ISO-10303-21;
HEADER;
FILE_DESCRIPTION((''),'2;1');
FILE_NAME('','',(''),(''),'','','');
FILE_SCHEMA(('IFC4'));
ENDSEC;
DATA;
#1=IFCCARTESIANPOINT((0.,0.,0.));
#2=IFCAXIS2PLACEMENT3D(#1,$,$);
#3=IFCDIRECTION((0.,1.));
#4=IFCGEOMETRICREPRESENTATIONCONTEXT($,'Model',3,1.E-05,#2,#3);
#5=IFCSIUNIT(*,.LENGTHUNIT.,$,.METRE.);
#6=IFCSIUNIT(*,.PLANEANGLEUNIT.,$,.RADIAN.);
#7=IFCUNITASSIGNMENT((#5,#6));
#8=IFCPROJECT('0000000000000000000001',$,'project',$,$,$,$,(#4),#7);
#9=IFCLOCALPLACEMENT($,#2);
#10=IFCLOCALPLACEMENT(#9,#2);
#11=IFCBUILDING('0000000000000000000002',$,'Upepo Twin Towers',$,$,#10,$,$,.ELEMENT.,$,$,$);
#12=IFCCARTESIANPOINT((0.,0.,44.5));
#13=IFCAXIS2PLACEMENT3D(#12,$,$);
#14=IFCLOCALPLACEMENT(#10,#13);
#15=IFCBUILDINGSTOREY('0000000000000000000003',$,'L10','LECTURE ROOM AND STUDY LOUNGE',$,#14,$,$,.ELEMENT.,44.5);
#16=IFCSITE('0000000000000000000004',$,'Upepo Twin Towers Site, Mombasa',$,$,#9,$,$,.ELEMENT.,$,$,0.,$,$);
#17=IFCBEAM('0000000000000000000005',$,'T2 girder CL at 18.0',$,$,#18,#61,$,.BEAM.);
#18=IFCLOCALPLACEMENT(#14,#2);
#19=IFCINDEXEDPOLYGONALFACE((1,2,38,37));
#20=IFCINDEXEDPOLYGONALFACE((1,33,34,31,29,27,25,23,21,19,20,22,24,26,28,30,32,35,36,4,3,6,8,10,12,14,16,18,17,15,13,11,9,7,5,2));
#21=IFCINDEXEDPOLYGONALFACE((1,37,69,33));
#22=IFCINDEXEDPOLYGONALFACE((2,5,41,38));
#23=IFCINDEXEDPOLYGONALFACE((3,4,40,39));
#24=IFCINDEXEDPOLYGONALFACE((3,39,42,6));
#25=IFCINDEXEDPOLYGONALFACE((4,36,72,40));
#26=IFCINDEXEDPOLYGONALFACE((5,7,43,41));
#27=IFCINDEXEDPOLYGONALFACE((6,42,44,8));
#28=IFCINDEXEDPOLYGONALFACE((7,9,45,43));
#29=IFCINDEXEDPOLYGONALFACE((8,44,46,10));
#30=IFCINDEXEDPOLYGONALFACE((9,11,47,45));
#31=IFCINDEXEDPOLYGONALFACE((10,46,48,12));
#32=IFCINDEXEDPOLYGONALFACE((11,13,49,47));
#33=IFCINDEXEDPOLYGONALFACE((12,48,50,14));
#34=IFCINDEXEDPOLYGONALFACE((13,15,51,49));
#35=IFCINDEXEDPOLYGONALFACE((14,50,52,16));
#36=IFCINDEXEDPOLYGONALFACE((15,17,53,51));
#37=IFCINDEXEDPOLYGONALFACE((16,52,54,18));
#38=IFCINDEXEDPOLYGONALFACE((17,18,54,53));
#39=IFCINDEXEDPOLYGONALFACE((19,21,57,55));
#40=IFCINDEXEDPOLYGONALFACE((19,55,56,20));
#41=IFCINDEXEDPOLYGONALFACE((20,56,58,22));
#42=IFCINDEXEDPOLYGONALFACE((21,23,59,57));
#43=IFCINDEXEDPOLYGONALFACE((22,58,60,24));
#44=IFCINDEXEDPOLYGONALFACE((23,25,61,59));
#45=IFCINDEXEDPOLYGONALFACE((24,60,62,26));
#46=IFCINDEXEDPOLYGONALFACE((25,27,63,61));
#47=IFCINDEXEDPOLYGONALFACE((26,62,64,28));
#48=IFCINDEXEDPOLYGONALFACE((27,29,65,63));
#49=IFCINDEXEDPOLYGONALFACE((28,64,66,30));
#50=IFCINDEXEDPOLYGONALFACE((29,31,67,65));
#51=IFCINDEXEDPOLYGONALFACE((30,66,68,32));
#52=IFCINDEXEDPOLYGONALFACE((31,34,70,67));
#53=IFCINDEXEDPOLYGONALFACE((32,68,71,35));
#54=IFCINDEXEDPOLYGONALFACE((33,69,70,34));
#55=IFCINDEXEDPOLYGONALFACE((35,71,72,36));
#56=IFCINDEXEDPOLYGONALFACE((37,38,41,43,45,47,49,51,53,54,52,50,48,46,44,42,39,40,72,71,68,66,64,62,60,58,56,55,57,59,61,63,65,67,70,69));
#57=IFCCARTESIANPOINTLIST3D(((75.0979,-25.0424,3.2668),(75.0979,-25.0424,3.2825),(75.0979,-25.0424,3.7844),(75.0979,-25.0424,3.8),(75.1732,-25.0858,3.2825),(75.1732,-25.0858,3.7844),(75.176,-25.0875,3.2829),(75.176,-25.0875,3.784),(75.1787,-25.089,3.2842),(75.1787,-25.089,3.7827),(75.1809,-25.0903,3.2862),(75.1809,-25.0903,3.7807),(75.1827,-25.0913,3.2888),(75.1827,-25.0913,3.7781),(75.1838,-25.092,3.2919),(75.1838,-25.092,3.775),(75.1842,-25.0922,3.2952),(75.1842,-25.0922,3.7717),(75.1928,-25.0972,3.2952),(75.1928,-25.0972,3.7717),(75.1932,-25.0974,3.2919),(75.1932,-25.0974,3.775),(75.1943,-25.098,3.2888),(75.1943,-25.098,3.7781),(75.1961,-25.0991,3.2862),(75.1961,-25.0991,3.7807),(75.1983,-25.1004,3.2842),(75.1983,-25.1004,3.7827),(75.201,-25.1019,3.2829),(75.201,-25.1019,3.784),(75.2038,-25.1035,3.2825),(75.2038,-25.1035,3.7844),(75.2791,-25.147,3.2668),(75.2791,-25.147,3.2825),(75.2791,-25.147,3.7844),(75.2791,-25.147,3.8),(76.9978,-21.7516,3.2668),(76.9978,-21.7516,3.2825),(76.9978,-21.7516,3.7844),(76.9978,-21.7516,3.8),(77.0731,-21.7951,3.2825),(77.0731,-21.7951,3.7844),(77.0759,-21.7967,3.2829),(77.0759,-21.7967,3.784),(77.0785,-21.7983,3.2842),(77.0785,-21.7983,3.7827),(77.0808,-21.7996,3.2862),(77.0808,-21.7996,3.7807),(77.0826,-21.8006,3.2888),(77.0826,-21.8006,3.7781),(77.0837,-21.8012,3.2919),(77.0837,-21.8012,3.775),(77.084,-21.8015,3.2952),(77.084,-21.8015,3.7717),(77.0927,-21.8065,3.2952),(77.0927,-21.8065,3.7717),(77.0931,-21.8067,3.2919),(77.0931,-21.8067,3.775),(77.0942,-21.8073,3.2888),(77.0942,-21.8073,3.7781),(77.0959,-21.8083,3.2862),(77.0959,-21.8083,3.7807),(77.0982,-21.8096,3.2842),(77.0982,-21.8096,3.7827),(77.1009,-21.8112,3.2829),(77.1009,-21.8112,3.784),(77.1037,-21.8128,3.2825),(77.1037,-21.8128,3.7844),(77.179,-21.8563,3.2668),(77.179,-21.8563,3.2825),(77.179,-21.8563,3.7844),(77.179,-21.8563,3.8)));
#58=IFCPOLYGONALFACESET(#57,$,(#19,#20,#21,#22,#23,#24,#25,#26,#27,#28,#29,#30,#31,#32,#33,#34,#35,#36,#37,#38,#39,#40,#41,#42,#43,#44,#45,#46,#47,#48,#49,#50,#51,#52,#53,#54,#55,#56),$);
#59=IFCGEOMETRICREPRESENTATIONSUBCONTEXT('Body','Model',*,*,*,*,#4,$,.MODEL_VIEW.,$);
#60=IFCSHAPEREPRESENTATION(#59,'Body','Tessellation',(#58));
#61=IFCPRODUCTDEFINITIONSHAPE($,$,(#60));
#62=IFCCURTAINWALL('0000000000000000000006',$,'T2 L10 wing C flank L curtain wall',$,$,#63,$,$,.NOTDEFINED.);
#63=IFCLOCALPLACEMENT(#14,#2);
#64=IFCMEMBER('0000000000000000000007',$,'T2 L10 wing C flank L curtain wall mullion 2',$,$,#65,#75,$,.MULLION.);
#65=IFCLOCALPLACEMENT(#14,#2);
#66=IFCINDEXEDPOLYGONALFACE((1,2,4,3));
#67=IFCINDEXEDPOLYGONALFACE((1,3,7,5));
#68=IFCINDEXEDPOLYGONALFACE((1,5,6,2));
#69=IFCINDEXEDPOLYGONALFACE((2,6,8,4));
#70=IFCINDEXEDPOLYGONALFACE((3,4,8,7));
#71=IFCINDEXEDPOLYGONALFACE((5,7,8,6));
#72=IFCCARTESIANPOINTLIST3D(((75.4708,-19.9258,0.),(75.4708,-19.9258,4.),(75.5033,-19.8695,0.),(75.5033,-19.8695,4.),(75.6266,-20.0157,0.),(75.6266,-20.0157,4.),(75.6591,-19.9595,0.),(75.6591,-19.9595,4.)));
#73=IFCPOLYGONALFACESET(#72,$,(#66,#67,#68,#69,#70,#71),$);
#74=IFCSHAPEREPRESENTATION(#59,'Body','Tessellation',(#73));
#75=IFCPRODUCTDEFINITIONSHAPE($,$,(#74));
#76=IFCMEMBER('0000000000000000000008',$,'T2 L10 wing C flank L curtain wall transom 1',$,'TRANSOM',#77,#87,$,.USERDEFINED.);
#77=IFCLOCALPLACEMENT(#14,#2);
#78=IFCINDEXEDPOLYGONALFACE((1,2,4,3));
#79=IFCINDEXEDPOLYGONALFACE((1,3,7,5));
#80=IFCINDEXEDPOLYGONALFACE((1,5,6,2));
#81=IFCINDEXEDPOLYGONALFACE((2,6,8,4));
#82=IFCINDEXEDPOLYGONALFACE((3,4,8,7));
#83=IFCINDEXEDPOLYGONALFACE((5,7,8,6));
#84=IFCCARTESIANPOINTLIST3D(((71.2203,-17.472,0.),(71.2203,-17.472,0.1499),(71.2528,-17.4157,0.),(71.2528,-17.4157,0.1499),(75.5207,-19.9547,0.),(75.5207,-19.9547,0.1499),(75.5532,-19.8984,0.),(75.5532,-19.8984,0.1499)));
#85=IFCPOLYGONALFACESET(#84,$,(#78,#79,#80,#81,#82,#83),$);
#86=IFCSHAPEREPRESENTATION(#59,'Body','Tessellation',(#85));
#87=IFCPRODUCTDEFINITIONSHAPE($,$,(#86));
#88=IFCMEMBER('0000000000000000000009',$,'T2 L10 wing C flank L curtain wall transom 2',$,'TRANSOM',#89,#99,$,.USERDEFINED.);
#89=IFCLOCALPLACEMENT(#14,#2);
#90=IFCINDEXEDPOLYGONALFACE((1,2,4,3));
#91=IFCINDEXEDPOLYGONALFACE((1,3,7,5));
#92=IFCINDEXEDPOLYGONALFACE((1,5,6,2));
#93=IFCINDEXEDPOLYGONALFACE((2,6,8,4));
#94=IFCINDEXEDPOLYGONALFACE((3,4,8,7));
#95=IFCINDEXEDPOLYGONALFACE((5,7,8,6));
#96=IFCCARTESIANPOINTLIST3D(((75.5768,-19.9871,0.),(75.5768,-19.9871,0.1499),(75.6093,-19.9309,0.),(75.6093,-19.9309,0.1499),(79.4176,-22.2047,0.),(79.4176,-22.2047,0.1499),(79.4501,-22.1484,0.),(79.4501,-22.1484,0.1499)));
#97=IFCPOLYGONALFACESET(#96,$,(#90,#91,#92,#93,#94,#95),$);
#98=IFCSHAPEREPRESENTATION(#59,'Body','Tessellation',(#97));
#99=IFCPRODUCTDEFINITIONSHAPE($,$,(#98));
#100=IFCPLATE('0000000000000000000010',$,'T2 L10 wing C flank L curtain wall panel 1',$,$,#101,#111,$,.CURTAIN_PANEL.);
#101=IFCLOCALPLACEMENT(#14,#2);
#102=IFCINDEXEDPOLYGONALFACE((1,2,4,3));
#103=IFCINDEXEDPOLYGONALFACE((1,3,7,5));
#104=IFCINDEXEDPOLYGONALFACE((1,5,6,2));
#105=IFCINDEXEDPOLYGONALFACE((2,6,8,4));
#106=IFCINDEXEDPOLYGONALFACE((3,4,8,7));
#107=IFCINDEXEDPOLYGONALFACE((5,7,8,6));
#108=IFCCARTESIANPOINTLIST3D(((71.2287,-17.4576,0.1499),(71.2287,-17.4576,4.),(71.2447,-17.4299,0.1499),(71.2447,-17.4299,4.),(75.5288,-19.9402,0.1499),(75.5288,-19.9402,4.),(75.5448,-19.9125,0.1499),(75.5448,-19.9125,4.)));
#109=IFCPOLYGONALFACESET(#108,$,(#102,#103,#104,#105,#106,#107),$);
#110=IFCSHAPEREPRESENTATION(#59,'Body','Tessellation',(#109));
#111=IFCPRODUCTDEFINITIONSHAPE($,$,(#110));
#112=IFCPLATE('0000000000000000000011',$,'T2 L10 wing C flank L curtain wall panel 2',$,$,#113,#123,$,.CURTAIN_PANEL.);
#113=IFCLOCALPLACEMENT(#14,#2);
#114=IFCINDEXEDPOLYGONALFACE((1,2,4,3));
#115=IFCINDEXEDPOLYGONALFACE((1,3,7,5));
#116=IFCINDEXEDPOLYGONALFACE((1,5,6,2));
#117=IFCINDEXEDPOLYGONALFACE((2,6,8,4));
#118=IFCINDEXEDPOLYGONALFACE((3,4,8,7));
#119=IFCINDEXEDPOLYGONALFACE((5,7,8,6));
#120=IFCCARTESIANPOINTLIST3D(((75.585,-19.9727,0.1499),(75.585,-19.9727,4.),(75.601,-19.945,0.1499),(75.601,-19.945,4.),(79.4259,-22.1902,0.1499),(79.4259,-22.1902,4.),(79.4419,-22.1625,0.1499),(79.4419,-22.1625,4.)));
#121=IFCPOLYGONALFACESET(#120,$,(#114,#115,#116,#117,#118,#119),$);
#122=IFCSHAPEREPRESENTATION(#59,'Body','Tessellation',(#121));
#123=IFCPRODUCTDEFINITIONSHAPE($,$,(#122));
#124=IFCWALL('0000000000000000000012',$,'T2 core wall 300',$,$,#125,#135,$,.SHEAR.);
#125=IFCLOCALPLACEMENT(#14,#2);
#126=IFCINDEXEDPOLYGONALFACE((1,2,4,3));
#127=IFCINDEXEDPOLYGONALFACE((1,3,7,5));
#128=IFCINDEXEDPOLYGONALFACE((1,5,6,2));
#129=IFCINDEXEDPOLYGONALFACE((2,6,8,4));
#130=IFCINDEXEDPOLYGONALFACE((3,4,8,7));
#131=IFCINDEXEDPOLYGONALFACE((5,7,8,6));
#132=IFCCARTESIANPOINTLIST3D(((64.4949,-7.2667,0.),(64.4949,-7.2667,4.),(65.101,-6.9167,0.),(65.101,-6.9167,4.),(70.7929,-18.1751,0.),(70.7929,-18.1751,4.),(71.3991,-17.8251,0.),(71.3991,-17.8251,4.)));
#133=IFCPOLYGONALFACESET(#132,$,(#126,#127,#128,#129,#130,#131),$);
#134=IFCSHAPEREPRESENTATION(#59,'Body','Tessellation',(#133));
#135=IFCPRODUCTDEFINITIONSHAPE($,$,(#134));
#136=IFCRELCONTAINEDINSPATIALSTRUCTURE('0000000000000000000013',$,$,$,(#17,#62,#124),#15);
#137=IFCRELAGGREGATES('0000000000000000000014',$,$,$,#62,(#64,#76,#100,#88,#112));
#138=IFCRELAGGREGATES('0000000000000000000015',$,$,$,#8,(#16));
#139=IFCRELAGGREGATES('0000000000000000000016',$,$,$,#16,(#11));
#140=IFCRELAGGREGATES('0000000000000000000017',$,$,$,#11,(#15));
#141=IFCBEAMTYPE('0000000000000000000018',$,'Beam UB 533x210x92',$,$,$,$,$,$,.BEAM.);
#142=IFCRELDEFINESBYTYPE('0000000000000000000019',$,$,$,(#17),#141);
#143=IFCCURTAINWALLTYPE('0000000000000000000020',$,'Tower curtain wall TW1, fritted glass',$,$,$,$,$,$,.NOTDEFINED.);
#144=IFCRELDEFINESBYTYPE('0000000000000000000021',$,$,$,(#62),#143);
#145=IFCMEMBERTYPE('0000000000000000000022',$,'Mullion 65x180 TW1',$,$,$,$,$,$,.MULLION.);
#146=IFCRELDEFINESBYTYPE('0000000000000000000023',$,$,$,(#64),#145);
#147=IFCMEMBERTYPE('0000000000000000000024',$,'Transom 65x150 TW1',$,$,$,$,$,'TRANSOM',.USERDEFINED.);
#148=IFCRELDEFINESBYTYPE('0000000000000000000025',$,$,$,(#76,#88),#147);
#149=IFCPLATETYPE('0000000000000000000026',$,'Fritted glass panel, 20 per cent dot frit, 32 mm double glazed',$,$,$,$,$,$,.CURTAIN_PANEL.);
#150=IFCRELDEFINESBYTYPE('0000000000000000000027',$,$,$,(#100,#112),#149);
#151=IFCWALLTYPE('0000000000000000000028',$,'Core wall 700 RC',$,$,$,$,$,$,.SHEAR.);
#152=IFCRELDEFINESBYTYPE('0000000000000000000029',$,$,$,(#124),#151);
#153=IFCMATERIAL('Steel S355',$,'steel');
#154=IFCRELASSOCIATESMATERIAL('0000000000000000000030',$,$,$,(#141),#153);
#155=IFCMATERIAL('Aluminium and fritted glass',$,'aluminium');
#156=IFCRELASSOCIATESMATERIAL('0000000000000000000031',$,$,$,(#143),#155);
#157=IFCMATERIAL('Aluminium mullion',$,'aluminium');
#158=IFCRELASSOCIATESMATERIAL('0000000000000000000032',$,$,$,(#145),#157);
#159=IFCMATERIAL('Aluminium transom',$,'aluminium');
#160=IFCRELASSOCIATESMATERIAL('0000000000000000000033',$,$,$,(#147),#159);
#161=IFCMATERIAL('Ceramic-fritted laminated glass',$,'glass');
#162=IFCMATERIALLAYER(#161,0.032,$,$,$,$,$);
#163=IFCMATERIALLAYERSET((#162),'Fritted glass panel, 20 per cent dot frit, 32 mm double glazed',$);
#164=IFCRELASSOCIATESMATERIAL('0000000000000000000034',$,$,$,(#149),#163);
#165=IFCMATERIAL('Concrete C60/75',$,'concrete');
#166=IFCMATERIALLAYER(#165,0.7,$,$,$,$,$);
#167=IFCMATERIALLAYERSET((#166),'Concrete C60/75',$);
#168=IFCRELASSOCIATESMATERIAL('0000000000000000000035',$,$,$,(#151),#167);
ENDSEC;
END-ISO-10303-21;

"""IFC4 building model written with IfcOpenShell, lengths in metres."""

from ifc_helpers import new_model, si_unit, direction, frame, frame_2d, origin, origin_2d, place, context, subcontext, project, spatial, rectangle, i_section, extrude, material, layer, layer_set, material_profile, profile_set, type_object, element, aggregate, save


model = new_model("IFC4")

# Units and contexts
model_context = context("Model", 3, precision=1e-05, world=origin(), true_north=direction((0.0, 1.0)))
body_context = subcontext(model_context, "Body", "Model", "MODEL_VIEW")
ifc_project = project(units=[si_unit("LENGTHUNIT", "METRE"), si_unit("PLANEANGLEUNIT", "RADIAN")], contexts=[model_context])

# Site, building, storey
site_placement = place(None, origin())
site = spatial("IfcSite", under=ifc_project, at=site_placement, Name="Upepo Twin Towers Site, Mombasa", CompositionType="ELEMENT", RefElevation=0.0)
building_placement = place(site_placement, origin())
building = spatial("IfcBuilding", under=site, at=building_placement, Name="Upepo Twin Towers", CompositionType="ELEMENT")
storey_placement = place(building_placement, frame((0.0, 0.0, 44.5)))
storey = spatial("IfcBuildingStorey", under=building, at=storey_placement, Name="L10", Description="LECTURE ROOM AND STUDY LOUNGE", CompositionType="ELEMENT", Elevation=44.5)

# Beam
ifc_material_1 = material(Name="Steel S355", Category="steel")
ifc_material_profile_1 = material_profile(ifc_material_1, i_section(OverallWidth=0.2092, OverallDepth=0.5332, WebThickness=0.01, FlangeThickness=0.0156, FilletRadius=0.0127, at=origin_2d()), Name="UB 533x210x92")
ifc_profile_set_1 = profile_set([ifc_material_profile_1], Name="Steel S355")
beam_type_1 = type_object("IfcBeamType", Name="Beam UB 533x210x92", PredefinedType="BEAM", material=ifc_profile_set_1)
beam_1_placement = place(storey_placement, frame((77.0884, -21.804, 3.5334), z_axis=(-0.499995, -0.866028, 0.0), x_axis=(0.866028, -0.499995, 0.0)))
element("IfcBeam", 1, at=beam_1_placement, inside=storey, type_object=beam_type_1, Name="T2 girder CL at 18.0", PredefinedType="BEAM", context=body_context, shape_type="SweptSolid", body=[
    extrude(i_section(OverallWidth=0.2092, OverallDepth=0.5332, WebThickness=0.01, FlangeThickness=0.0156, FilletRadius=0.0127, at=origin_2d()), origin(), (0.0, 0.0, 1.0), 3.7998),
])

# Curtain wall, members, plates
ifc_material_2 = material(Name="Aluminium and fritted glass", Category="aluminium")
curtain_wall_type = type_object("IfcCurtainWallType", Name="Tower curtain wall TW1, fritted glass", PredefinedType="NOTDEFINED", material=ifc_material_2)
curtain_wall_placement = place(storey_placement, origin())
curtain_wall = element("IfcCurtainWall", 2, at=curtain_wall_placement, inside=storey, type_object=curtain_wall_type, Name="T2 L10 wing C flank L curtain wall", PredefinedType="NOTDEFINED")
ifc_material_3 = material(Name="Aluminium mullion", Category="aluminium")
ifc_material_profile_2 = material_profile(ifc_material_3, rectangle(XDim=0.0649, YDim=0.1799, at=origin_2d()), Name="MULLION 65x180")
ifc_profile_set_2 = profile_set([ifc_material_profile_2], Name="Aluminium mullion")
member_type_1 = type_object("IfcMemberType", Name="Mullion 65x180 TW1", PredefinedType="MULLION", material=ifc_profile_set_2)
member_1_placement = place(storey_placement, frame((75.5649, -19.9426, 0.0), z_axis=(0.0, 0.0, 1.0), x_axis=(0.5, 0.866025, 0.0)))
member_1 = element("IfcMember", 3, at=member_1_placement, type_object=member_type_1, Name="T2 L10 wing C flank L curtain wall mullion 2", PredefinedType="MULLION", context=body_context, shape_type="SweptSolid", body=[
    extrude(rectangle(XDim=0.0649, YDim=0.1799, at=origin_2d()), origin(), (0.0, 0.0, 1.0), 4.0),
])
ifc_material_4 = material(Name="Aluminium transom", Category="aluminium")
ifc_material_profile_3 = material_profile(ifc_material_4, rectangle(XDim=0.0649, YDim=0.1499, at=origin_2d()), Name="TRANSOM 65x150")
ifc_profile_set_3 = profile_set([ifc_material_profile_3], Name="Aluminium transom")
member_type_2 = type_object("IfcMemberType", Name="Transom 65x150 TW1", ElementType="TRANSOM", PredefinedType="USERDEFINED", material=ifc_profile_set_3)
member_2_placement = place(storey_placement, frame((71.2366, -17.4438, 0.075), z_axis=(0.866035, -0.499983, 0.0), x_axis=(0.499983, 0.866035, 0.0)))
member_2 = element("IfcMember", 4, at=member_2_placement, type_object=member_type_2, Name="T2 L10 wing C flank L curtain wall transom 1", ObjectType="TRANSOM", PredefinedType="USERDEFINED", context=body_context, shape_type="SweptSolid", body=[
    extrude(rectangle(XDim=0.0649, YDim=0.1499, at=origin_2d()), origin(), (0.0, 0.0, 1.0), 4.9656),
])
member_3_placement = place(storey_placement, frame((75.593, -19.959, 0.075), z_axis=(0.866022, -0.500005, 0.0), x_axis=(0.500005, 0.866022, 0.0)))
member_3 = element("IfcMember", 5, at=member_3_placement, type_object=member_type_2, Name="T2 L10 wing C flank L curtain wall transom 2", ObjectType="TRANSOM", PredefinedType="USERDEFINED", context=body_context, shape_type="SweptSolid", body=[
    extrude(rectangle(XDim=0.0649, YDim=0.1499, at=origin_2d()), origin(), (0.0, 0.0, 1.0), 4.4351),
])
ifc_material_5 = material(Name="Ceramic-fritted laminated glass", Category="glass")
ifc_layer_1 = layer(ifc_material_5, 0.032)
ifc_layer_set_1 = layer_set([ifc_layer_1], Name="Fritted glass panel, 20 per cent dot frit, 32 mm double glazed")
plate_type = type_object("IfcPlateType", Name="Fritted glass panel, 20 per cent dot frit, 32 mm double glazed", PredefinedType="CURTAIN_PANEL", material=ifc_layer_set_1)
plate_1_placement = place(storey_placement, frame((73.3867, -18.6851, 0.1499), z_axis=(0.0, 0.0, 1.0), x_axis=(0.866025, -0.5, 0.0)))
plate_1 = element("IfcPlate", 6, at=plate_1_placement, type_object=plate_type, Name="T2 L10 wing C flank L curtain wall panel 1", PredefinedType="CURTAIN_PANEL", context=body_context, shape_type="SweptSolid", body=[
    extrude(rectangle(XDim=4.9653, YDim=0.032, at=origin_2d()), origin(), (0.0, 0.0, 1.0), 3.8501),
])
plate_2_placement = place(storey_placement, frame((77.5134, -21.0676, 0.1499), z_axis=(0.0, 0.0, 1.0), x_axis=(0.866025, -0.5, 0.0)))
plate_2 = element("IfcPlate", 7, at=plate_2_placement, type_object=plate_type, Name="T2 L10 wing C flank L curtain wall panel 2", PredefinedType="CURTAIN_PANEL", context=body_context, shape_type="SweptSolid", body=[
    extrude(rectangle(XDim=4.4351, YDim=0.032, at=origin_2d()), origin(), (0.0, 0.0, 1.0), 3.8501),
])
aggregate(curtain_wall, [member_1, member_2, plate_1, member_3, plate_2])

# Wall
ifc_material_6 = material(Name="Concrete C60/75", Category="concrete")
ifc_layer_2 = layer(ifc_material_6, 0.7)
ifc_layer_set_2 = layer_set([ifc_layer_2], Name="Concrete C60/75")
wall_type_1 = type_object("IfcWallType", Name="Core wall 700 RC", PredefinedType="SHEAR", material=ifc_layer_set_2)
wall_1_placement = place(storey_placement, frame((71.0959, -18.0, 0.0), z_axis=(0.0, 0.0, 1.0), x_axis=(-0.500006, 0.866022, 0.0)))
element("IfcWall", 8, at=wall_1_placement, inside=storey, type_object=wall_type_1, Name="T2 core wall 300", PredefinedType="SHEAR", context=body_context, shape_type="SweptSolid", body=[
    extrude(rectangle(XDim=12.5959, YDim=0.7, at=frame_2d((6.2979, 0.0))), origin(), (0.0, 0.0, 1.0), 4.0),
])

save(model, "model.ifc")
